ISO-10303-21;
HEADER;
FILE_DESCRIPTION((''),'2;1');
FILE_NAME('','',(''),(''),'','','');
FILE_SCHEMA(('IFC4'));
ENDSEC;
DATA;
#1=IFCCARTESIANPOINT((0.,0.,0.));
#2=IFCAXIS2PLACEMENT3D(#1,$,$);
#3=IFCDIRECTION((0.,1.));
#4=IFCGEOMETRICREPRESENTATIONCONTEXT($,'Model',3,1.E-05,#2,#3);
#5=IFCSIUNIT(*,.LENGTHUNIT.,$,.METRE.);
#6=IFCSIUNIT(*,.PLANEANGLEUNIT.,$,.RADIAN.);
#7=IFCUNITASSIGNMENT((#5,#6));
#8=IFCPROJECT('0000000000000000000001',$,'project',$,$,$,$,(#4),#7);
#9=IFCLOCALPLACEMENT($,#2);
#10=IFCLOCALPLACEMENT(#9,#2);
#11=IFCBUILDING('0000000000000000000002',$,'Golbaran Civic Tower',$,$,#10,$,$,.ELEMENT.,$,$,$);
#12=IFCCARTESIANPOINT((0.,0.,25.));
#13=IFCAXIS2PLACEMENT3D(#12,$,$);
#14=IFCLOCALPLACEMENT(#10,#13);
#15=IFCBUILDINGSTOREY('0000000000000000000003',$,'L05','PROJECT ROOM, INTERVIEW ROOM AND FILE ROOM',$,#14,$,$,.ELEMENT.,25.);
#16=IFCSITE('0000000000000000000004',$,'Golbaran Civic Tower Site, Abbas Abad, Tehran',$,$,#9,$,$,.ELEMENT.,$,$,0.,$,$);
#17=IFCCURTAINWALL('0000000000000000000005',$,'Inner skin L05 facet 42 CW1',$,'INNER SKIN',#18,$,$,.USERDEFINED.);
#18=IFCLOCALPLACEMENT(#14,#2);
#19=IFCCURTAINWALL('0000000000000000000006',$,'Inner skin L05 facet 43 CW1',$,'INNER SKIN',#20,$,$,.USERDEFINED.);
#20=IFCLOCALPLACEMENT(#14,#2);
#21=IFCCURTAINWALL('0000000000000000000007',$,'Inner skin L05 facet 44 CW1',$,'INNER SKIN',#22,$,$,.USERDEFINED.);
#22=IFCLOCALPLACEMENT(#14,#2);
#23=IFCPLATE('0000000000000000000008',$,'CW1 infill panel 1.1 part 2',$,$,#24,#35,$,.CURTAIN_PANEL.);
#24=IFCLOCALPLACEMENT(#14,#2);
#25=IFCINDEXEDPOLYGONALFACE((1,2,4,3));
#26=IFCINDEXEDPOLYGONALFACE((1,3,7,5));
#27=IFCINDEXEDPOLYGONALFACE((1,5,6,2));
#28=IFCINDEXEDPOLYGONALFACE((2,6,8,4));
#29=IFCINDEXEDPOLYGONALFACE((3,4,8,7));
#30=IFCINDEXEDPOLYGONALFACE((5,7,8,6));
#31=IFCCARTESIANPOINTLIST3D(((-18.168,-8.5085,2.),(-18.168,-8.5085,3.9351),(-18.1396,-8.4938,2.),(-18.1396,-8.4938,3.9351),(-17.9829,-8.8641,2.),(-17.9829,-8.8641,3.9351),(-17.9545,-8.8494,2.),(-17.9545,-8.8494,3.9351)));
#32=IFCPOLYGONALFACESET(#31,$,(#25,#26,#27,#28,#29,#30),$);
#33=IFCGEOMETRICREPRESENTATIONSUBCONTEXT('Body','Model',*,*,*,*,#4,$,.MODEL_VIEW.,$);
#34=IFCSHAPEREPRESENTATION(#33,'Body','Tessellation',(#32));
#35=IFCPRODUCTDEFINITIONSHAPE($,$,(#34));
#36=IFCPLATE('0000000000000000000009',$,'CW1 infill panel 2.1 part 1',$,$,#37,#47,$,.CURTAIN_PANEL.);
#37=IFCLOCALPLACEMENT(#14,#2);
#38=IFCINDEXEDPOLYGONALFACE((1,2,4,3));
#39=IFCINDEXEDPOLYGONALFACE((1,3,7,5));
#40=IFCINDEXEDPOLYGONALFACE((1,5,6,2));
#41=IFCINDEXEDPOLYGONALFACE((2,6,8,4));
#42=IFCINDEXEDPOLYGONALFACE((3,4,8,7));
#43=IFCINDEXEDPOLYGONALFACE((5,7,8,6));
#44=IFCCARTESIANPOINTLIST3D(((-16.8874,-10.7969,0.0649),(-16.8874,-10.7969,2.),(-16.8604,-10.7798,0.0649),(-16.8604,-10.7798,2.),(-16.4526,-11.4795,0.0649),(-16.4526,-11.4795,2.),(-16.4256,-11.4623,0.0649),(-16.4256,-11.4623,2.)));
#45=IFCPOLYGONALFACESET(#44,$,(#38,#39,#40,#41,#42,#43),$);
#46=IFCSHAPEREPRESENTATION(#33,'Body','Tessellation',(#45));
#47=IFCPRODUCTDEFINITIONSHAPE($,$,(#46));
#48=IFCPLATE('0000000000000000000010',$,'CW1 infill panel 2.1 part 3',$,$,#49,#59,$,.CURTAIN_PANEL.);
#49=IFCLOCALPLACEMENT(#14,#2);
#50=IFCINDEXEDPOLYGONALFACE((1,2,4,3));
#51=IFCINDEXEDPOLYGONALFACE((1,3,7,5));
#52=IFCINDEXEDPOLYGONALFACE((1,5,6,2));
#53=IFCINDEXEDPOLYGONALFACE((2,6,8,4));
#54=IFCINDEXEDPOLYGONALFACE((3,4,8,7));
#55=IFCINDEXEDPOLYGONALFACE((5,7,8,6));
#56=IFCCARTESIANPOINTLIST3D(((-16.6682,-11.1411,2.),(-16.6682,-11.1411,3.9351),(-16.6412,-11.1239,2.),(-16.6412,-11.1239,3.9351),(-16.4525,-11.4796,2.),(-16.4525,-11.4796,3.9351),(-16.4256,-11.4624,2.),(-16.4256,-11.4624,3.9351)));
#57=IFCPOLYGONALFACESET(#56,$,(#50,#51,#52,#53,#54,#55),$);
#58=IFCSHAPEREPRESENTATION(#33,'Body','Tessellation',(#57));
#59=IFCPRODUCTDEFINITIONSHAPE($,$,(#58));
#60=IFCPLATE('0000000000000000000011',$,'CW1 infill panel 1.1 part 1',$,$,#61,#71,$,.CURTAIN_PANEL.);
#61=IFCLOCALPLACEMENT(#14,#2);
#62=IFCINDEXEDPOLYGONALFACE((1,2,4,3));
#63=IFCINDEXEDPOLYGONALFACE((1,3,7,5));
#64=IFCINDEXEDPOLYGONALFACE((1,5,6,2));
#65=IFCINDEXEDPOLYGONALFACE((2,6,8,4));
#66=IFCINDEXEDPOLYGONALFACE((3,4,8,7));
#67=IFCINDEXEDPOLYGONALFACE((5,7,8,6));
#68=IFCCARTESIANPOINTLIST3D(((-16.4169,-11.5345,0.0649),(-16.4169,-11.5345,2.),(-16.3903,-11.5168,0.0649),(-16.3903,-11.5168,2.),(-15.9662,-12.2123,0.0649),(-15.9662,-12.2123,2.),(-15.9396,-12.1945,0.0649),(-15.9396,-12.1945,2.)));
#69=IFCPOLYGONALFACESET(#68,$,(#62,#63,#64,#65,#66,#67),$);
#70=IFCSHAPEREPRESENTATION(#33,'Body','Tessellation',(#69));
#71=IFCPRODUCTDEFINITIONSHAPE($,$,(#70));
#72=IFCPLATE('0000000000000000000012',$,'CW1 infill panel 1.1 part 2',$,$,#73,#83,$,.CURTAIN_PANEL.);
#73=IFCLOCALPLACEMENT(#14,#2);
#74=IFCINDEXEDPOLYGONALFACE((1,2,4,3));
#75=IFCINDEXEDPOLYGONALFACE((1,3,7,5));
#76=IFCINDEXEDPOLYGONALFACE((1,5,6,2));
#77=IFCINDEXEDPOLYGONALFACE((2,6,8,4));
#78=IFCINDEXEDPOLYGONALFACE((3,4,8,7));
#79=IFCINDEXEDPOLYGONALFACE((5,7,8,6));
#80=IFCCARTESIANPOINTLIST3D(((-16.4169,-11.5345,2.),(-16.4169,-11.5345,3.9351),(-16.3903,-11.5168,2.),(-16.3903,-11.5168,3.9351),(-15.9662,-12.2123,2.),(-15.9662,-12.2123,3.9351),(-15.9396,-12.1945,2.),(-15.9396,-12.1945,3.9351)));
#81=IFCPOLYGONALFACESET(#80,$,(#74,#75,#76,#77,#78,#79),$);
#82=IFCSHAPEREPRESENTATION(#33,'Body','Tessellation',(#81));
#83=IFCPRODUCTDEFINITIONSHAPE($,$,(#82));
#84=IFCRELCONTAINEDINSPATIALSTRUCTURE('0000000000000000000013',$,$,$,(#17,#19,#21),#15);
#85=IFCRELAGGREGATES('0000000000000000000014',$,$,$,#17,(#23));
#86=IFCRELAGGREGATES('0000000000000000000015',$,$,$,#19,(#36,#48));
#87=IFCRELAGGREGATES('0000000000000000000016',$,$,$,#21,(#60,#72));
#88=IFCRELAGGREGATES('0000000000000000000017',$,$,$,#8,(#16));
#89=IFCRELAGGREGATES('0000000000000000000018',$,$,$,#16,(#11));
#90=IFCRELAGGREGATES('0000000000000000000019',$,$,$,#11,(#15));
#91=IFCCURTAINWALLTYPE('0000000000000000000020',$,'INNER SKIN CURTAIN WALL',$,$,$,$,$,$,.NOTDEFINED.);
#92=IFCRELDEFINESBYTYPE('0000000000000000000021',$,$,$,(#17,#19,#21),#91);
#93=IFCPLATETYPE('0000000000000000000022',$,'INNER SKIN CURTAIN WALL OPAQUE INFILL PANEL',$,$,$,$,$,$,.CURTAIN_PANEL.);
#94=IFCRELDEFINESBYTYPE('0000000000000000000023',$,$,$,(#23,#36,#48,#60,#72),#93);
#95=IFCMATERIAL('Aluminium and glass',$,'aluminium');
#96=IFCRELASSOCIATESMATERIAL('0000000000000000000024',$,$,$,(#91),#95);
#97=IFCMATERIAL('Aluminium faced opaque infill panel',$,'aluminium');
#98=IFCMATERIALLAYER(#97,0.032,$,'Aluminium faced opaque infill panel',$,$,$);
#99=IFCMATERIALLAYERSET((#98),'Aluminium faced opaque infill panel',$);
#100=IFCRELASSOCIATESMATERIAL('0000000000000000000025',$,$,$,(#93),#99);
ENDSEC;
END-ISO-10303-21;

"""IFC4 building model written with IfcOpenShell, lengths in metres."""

from ifc_helpers import new_model, si_unit, direction, frame, origin, origin_2d, place, context, subcontext, project, spatial, rectangle, extrude, material, layer, layer_set, type_object, element, aggregate, save


model = new_model("IFC4")

# Units and contexts
model_context = context("Model", 3, precision=1e-05, world=origin(), true_north=direction((0.0, 1.0)))
body_context = subcontext(model_context, "Body", "Model", "MODEL_VIEW")
ifc_project = project(units=[si_unit("LENGTHUNIT", "METRE"), si_unit("PLANEANGLEUNIT", "RADIAN")], contexts=[model_context])

# Site, building, storey
site_placement = place(None, origin())
site = spatial("IfcSite", under=ifc_project, at=site_placement, Name="Golbaran Civic Tower Site, Abbas Abad, Tehran", CompositionType="ELEMENT", RefElevation=0.0)
building_placement = place(site_placement, origin())
building = spatial("IfcBuilding", under=site, at=building_placement, Name="Golbaran Civic Tower", CompositionType="ELEMENT")
storey_placement = place(building_placement, frame((0.0, 0.0, 25.0)))
storey = spatial("IfcBuildingStorey", under=building, at=storey_placement, Name="L05", Description="PROJECT ROOM, INTERVIEW ROOM AND FILE ROOM", CompositionType="ELEMENT", Elevation=25.0)

# Curtain walls
ifc_material_1 = material(Name="Aluminium and glass", Category="aluminium")
curtain_wall_type = type_object("IfcCurtainWallType", Name="INNER SKIN CURTAIN WALL", PredefinedType="NOTDEFINED", material=ifc_material_1)
curtain_wall_1_placement = place(storey_placement, origin())
curtain_wall_1 = element("IfcCurtainWall", 1, at=curtain_wall_1_placement, inside=storey, type_object=curtain_wall_type, Name="Inner skin L05 facet 42 CW1", ObjectType="INNER SKIN", PredefinedType="USERDEFINED")
curtain_wall_2_placement = place(storey_placement, origin())
curtain_wall_2 = element("IfcCurtainWall", 2, at=curtain_wall_2_placement, inside=storey, type_object=curtain_wall_type, Name="Inner skin L05 facet 43 CW1", ObjectType="INNER SKIN", PredefinedType="USERDEFINED")

# Curtain wall
curtain_wall_3_placement = place(storey_placement, origin())
curtain_wall_3 = element("IfcCurtainWall", 3, at=curtain_wall_3_placement, inside=storey, type_object=curtain_wall_type, Name="Inner skin L05 facet 44 CW1", ObjectType="INNER SKIN", PredefinedType="USERDEFINED")

# Plates
ifc_material_2 = material(Name="Aluminium faced opaque infill panel", Category="aluminium")
ifc_layer_1 = layer(ifc_material_2, 0.032, Name="Aluminium faced opaque infill panel")
ifc_layer_set_1 = layer_set([ifc_layer_1], Name="Aluminium faced opaque infill panel")
plate_type_1 = type_object("IfcPlateType", Name="INNER SKIN CURTAIN WALL OPAQUE INFILL PANEL", PredefinedType="CURTAIN_PANEL", material=ifc_layer_set_1)
plate_1_placement = place(storey_placement, frame((-18.0613, -8.679, 2.0), z_axis=(0.0, 0.0, 1.0), x_axis=(0.461749, -0.887011, 0.0)))
plate_1 = element("IfcPlate", 4, at=plate_1_placement, type_object=plate_type_1, Name="CW1 infill panel 1.1 part 2", PredefinedType="CURTAIN_PANEL", context=body_context, shape_type="SweptSolid", body=[
    extrude(rectangle(XDim=0.4009, YDim=0.032, at=origin_2d()), origin(), (0.0, 0.0, 1.0), 1.9351),
])
aggregate(curtain_wall_1, [plate_1])
plate_2_placement = place(storey_placement, frame((-16.6565, -11.1296, 0.0649), z_axis=(0.0, 0.0, 1.0), x_axis=(0.5373, -0.843391, 0.0)))
plate_2 = element("IfcPlate", 5, at=plate_2_placement, type_object=plate_type_1, Name="CW1 infill panel 2.1 part 1", PredefinedType="CURTAIN_PANEL", context=body_context, shape_type="SweptSolid", body=[
    extrude(rectangle(XDim=0.8093, YDim=0.032, at=origin_2d()), origin(), (0.0, 0.0, 1.0), 1.9351),
])
plate_3_placement = place(storey_placement, frame((-16.5469, -11.3018, 2.0), z_axis=(0.0, 0.0, 1.0), x_axis=(0.5373, -0.843391, 0.0)))
plate_3 = element("IfcPlate", 6, at=plate_3_placement, type_object=plate_type_1, Name="CW1 infill panel 2.1 part 3", PredefinedType="CURTAIN_PANEL", context=body_context, shape_type="SweptSolid", body=[
    extrude(rectangle(XDim=0.4014, YDim=0.032, at=origin_2d()), origin(), (0.0, 0.0, 1.0), 1.9351),
])
aggregate(curtain_wall_2, [plate_2, plate_3])
plate_4_placement = place(storey_placement, frame((-16.1782, -11.8645, 0.0649), z_axis=(0.0, 0.0, 1.0), x_axis=(0.553719, -0.832703, 0.0)))
plate_4 = element("IfcPlate", 7, at=plate_4_placement, type_object=plate_type_1, Name="CW1 infill panel 1.1 part 1", PredefinedType="CURTAIN_PANEL", context=body_context, shape_type="SweptSolid", body=[
    extrude(rectangle(XDim=0.814, YDim=0.032, at=origin_2d()), origin(), (0.0, 0.0, 1.0), 1.9351),
])
plate_5_placement = place(storey_placement, frame((-16.1782, -11.8645, 2.0), z_axis=(0.0, 0.0, 1.0), x_axis=(0.553719, -0.832703, 0.0)))
plate_5 = element("IfcPlate", 8, at=plate_5_placement, type_object=plate_type_1, Name="CW1 infill panel 1.1 part 2", PredefinedType="CURTAIN_PANEL", context=body_context, shape_type="SweptSolid", body=[
    extrude(rectangle(XDim=0.814, YDim=0.032, at=origin_2d()), origin(), (0.0, 0.0, 1.0), 1.9351),
])
aggregate(curtain_wall_3, [plate_4, plate_5])

save(model, "model.ifc")
